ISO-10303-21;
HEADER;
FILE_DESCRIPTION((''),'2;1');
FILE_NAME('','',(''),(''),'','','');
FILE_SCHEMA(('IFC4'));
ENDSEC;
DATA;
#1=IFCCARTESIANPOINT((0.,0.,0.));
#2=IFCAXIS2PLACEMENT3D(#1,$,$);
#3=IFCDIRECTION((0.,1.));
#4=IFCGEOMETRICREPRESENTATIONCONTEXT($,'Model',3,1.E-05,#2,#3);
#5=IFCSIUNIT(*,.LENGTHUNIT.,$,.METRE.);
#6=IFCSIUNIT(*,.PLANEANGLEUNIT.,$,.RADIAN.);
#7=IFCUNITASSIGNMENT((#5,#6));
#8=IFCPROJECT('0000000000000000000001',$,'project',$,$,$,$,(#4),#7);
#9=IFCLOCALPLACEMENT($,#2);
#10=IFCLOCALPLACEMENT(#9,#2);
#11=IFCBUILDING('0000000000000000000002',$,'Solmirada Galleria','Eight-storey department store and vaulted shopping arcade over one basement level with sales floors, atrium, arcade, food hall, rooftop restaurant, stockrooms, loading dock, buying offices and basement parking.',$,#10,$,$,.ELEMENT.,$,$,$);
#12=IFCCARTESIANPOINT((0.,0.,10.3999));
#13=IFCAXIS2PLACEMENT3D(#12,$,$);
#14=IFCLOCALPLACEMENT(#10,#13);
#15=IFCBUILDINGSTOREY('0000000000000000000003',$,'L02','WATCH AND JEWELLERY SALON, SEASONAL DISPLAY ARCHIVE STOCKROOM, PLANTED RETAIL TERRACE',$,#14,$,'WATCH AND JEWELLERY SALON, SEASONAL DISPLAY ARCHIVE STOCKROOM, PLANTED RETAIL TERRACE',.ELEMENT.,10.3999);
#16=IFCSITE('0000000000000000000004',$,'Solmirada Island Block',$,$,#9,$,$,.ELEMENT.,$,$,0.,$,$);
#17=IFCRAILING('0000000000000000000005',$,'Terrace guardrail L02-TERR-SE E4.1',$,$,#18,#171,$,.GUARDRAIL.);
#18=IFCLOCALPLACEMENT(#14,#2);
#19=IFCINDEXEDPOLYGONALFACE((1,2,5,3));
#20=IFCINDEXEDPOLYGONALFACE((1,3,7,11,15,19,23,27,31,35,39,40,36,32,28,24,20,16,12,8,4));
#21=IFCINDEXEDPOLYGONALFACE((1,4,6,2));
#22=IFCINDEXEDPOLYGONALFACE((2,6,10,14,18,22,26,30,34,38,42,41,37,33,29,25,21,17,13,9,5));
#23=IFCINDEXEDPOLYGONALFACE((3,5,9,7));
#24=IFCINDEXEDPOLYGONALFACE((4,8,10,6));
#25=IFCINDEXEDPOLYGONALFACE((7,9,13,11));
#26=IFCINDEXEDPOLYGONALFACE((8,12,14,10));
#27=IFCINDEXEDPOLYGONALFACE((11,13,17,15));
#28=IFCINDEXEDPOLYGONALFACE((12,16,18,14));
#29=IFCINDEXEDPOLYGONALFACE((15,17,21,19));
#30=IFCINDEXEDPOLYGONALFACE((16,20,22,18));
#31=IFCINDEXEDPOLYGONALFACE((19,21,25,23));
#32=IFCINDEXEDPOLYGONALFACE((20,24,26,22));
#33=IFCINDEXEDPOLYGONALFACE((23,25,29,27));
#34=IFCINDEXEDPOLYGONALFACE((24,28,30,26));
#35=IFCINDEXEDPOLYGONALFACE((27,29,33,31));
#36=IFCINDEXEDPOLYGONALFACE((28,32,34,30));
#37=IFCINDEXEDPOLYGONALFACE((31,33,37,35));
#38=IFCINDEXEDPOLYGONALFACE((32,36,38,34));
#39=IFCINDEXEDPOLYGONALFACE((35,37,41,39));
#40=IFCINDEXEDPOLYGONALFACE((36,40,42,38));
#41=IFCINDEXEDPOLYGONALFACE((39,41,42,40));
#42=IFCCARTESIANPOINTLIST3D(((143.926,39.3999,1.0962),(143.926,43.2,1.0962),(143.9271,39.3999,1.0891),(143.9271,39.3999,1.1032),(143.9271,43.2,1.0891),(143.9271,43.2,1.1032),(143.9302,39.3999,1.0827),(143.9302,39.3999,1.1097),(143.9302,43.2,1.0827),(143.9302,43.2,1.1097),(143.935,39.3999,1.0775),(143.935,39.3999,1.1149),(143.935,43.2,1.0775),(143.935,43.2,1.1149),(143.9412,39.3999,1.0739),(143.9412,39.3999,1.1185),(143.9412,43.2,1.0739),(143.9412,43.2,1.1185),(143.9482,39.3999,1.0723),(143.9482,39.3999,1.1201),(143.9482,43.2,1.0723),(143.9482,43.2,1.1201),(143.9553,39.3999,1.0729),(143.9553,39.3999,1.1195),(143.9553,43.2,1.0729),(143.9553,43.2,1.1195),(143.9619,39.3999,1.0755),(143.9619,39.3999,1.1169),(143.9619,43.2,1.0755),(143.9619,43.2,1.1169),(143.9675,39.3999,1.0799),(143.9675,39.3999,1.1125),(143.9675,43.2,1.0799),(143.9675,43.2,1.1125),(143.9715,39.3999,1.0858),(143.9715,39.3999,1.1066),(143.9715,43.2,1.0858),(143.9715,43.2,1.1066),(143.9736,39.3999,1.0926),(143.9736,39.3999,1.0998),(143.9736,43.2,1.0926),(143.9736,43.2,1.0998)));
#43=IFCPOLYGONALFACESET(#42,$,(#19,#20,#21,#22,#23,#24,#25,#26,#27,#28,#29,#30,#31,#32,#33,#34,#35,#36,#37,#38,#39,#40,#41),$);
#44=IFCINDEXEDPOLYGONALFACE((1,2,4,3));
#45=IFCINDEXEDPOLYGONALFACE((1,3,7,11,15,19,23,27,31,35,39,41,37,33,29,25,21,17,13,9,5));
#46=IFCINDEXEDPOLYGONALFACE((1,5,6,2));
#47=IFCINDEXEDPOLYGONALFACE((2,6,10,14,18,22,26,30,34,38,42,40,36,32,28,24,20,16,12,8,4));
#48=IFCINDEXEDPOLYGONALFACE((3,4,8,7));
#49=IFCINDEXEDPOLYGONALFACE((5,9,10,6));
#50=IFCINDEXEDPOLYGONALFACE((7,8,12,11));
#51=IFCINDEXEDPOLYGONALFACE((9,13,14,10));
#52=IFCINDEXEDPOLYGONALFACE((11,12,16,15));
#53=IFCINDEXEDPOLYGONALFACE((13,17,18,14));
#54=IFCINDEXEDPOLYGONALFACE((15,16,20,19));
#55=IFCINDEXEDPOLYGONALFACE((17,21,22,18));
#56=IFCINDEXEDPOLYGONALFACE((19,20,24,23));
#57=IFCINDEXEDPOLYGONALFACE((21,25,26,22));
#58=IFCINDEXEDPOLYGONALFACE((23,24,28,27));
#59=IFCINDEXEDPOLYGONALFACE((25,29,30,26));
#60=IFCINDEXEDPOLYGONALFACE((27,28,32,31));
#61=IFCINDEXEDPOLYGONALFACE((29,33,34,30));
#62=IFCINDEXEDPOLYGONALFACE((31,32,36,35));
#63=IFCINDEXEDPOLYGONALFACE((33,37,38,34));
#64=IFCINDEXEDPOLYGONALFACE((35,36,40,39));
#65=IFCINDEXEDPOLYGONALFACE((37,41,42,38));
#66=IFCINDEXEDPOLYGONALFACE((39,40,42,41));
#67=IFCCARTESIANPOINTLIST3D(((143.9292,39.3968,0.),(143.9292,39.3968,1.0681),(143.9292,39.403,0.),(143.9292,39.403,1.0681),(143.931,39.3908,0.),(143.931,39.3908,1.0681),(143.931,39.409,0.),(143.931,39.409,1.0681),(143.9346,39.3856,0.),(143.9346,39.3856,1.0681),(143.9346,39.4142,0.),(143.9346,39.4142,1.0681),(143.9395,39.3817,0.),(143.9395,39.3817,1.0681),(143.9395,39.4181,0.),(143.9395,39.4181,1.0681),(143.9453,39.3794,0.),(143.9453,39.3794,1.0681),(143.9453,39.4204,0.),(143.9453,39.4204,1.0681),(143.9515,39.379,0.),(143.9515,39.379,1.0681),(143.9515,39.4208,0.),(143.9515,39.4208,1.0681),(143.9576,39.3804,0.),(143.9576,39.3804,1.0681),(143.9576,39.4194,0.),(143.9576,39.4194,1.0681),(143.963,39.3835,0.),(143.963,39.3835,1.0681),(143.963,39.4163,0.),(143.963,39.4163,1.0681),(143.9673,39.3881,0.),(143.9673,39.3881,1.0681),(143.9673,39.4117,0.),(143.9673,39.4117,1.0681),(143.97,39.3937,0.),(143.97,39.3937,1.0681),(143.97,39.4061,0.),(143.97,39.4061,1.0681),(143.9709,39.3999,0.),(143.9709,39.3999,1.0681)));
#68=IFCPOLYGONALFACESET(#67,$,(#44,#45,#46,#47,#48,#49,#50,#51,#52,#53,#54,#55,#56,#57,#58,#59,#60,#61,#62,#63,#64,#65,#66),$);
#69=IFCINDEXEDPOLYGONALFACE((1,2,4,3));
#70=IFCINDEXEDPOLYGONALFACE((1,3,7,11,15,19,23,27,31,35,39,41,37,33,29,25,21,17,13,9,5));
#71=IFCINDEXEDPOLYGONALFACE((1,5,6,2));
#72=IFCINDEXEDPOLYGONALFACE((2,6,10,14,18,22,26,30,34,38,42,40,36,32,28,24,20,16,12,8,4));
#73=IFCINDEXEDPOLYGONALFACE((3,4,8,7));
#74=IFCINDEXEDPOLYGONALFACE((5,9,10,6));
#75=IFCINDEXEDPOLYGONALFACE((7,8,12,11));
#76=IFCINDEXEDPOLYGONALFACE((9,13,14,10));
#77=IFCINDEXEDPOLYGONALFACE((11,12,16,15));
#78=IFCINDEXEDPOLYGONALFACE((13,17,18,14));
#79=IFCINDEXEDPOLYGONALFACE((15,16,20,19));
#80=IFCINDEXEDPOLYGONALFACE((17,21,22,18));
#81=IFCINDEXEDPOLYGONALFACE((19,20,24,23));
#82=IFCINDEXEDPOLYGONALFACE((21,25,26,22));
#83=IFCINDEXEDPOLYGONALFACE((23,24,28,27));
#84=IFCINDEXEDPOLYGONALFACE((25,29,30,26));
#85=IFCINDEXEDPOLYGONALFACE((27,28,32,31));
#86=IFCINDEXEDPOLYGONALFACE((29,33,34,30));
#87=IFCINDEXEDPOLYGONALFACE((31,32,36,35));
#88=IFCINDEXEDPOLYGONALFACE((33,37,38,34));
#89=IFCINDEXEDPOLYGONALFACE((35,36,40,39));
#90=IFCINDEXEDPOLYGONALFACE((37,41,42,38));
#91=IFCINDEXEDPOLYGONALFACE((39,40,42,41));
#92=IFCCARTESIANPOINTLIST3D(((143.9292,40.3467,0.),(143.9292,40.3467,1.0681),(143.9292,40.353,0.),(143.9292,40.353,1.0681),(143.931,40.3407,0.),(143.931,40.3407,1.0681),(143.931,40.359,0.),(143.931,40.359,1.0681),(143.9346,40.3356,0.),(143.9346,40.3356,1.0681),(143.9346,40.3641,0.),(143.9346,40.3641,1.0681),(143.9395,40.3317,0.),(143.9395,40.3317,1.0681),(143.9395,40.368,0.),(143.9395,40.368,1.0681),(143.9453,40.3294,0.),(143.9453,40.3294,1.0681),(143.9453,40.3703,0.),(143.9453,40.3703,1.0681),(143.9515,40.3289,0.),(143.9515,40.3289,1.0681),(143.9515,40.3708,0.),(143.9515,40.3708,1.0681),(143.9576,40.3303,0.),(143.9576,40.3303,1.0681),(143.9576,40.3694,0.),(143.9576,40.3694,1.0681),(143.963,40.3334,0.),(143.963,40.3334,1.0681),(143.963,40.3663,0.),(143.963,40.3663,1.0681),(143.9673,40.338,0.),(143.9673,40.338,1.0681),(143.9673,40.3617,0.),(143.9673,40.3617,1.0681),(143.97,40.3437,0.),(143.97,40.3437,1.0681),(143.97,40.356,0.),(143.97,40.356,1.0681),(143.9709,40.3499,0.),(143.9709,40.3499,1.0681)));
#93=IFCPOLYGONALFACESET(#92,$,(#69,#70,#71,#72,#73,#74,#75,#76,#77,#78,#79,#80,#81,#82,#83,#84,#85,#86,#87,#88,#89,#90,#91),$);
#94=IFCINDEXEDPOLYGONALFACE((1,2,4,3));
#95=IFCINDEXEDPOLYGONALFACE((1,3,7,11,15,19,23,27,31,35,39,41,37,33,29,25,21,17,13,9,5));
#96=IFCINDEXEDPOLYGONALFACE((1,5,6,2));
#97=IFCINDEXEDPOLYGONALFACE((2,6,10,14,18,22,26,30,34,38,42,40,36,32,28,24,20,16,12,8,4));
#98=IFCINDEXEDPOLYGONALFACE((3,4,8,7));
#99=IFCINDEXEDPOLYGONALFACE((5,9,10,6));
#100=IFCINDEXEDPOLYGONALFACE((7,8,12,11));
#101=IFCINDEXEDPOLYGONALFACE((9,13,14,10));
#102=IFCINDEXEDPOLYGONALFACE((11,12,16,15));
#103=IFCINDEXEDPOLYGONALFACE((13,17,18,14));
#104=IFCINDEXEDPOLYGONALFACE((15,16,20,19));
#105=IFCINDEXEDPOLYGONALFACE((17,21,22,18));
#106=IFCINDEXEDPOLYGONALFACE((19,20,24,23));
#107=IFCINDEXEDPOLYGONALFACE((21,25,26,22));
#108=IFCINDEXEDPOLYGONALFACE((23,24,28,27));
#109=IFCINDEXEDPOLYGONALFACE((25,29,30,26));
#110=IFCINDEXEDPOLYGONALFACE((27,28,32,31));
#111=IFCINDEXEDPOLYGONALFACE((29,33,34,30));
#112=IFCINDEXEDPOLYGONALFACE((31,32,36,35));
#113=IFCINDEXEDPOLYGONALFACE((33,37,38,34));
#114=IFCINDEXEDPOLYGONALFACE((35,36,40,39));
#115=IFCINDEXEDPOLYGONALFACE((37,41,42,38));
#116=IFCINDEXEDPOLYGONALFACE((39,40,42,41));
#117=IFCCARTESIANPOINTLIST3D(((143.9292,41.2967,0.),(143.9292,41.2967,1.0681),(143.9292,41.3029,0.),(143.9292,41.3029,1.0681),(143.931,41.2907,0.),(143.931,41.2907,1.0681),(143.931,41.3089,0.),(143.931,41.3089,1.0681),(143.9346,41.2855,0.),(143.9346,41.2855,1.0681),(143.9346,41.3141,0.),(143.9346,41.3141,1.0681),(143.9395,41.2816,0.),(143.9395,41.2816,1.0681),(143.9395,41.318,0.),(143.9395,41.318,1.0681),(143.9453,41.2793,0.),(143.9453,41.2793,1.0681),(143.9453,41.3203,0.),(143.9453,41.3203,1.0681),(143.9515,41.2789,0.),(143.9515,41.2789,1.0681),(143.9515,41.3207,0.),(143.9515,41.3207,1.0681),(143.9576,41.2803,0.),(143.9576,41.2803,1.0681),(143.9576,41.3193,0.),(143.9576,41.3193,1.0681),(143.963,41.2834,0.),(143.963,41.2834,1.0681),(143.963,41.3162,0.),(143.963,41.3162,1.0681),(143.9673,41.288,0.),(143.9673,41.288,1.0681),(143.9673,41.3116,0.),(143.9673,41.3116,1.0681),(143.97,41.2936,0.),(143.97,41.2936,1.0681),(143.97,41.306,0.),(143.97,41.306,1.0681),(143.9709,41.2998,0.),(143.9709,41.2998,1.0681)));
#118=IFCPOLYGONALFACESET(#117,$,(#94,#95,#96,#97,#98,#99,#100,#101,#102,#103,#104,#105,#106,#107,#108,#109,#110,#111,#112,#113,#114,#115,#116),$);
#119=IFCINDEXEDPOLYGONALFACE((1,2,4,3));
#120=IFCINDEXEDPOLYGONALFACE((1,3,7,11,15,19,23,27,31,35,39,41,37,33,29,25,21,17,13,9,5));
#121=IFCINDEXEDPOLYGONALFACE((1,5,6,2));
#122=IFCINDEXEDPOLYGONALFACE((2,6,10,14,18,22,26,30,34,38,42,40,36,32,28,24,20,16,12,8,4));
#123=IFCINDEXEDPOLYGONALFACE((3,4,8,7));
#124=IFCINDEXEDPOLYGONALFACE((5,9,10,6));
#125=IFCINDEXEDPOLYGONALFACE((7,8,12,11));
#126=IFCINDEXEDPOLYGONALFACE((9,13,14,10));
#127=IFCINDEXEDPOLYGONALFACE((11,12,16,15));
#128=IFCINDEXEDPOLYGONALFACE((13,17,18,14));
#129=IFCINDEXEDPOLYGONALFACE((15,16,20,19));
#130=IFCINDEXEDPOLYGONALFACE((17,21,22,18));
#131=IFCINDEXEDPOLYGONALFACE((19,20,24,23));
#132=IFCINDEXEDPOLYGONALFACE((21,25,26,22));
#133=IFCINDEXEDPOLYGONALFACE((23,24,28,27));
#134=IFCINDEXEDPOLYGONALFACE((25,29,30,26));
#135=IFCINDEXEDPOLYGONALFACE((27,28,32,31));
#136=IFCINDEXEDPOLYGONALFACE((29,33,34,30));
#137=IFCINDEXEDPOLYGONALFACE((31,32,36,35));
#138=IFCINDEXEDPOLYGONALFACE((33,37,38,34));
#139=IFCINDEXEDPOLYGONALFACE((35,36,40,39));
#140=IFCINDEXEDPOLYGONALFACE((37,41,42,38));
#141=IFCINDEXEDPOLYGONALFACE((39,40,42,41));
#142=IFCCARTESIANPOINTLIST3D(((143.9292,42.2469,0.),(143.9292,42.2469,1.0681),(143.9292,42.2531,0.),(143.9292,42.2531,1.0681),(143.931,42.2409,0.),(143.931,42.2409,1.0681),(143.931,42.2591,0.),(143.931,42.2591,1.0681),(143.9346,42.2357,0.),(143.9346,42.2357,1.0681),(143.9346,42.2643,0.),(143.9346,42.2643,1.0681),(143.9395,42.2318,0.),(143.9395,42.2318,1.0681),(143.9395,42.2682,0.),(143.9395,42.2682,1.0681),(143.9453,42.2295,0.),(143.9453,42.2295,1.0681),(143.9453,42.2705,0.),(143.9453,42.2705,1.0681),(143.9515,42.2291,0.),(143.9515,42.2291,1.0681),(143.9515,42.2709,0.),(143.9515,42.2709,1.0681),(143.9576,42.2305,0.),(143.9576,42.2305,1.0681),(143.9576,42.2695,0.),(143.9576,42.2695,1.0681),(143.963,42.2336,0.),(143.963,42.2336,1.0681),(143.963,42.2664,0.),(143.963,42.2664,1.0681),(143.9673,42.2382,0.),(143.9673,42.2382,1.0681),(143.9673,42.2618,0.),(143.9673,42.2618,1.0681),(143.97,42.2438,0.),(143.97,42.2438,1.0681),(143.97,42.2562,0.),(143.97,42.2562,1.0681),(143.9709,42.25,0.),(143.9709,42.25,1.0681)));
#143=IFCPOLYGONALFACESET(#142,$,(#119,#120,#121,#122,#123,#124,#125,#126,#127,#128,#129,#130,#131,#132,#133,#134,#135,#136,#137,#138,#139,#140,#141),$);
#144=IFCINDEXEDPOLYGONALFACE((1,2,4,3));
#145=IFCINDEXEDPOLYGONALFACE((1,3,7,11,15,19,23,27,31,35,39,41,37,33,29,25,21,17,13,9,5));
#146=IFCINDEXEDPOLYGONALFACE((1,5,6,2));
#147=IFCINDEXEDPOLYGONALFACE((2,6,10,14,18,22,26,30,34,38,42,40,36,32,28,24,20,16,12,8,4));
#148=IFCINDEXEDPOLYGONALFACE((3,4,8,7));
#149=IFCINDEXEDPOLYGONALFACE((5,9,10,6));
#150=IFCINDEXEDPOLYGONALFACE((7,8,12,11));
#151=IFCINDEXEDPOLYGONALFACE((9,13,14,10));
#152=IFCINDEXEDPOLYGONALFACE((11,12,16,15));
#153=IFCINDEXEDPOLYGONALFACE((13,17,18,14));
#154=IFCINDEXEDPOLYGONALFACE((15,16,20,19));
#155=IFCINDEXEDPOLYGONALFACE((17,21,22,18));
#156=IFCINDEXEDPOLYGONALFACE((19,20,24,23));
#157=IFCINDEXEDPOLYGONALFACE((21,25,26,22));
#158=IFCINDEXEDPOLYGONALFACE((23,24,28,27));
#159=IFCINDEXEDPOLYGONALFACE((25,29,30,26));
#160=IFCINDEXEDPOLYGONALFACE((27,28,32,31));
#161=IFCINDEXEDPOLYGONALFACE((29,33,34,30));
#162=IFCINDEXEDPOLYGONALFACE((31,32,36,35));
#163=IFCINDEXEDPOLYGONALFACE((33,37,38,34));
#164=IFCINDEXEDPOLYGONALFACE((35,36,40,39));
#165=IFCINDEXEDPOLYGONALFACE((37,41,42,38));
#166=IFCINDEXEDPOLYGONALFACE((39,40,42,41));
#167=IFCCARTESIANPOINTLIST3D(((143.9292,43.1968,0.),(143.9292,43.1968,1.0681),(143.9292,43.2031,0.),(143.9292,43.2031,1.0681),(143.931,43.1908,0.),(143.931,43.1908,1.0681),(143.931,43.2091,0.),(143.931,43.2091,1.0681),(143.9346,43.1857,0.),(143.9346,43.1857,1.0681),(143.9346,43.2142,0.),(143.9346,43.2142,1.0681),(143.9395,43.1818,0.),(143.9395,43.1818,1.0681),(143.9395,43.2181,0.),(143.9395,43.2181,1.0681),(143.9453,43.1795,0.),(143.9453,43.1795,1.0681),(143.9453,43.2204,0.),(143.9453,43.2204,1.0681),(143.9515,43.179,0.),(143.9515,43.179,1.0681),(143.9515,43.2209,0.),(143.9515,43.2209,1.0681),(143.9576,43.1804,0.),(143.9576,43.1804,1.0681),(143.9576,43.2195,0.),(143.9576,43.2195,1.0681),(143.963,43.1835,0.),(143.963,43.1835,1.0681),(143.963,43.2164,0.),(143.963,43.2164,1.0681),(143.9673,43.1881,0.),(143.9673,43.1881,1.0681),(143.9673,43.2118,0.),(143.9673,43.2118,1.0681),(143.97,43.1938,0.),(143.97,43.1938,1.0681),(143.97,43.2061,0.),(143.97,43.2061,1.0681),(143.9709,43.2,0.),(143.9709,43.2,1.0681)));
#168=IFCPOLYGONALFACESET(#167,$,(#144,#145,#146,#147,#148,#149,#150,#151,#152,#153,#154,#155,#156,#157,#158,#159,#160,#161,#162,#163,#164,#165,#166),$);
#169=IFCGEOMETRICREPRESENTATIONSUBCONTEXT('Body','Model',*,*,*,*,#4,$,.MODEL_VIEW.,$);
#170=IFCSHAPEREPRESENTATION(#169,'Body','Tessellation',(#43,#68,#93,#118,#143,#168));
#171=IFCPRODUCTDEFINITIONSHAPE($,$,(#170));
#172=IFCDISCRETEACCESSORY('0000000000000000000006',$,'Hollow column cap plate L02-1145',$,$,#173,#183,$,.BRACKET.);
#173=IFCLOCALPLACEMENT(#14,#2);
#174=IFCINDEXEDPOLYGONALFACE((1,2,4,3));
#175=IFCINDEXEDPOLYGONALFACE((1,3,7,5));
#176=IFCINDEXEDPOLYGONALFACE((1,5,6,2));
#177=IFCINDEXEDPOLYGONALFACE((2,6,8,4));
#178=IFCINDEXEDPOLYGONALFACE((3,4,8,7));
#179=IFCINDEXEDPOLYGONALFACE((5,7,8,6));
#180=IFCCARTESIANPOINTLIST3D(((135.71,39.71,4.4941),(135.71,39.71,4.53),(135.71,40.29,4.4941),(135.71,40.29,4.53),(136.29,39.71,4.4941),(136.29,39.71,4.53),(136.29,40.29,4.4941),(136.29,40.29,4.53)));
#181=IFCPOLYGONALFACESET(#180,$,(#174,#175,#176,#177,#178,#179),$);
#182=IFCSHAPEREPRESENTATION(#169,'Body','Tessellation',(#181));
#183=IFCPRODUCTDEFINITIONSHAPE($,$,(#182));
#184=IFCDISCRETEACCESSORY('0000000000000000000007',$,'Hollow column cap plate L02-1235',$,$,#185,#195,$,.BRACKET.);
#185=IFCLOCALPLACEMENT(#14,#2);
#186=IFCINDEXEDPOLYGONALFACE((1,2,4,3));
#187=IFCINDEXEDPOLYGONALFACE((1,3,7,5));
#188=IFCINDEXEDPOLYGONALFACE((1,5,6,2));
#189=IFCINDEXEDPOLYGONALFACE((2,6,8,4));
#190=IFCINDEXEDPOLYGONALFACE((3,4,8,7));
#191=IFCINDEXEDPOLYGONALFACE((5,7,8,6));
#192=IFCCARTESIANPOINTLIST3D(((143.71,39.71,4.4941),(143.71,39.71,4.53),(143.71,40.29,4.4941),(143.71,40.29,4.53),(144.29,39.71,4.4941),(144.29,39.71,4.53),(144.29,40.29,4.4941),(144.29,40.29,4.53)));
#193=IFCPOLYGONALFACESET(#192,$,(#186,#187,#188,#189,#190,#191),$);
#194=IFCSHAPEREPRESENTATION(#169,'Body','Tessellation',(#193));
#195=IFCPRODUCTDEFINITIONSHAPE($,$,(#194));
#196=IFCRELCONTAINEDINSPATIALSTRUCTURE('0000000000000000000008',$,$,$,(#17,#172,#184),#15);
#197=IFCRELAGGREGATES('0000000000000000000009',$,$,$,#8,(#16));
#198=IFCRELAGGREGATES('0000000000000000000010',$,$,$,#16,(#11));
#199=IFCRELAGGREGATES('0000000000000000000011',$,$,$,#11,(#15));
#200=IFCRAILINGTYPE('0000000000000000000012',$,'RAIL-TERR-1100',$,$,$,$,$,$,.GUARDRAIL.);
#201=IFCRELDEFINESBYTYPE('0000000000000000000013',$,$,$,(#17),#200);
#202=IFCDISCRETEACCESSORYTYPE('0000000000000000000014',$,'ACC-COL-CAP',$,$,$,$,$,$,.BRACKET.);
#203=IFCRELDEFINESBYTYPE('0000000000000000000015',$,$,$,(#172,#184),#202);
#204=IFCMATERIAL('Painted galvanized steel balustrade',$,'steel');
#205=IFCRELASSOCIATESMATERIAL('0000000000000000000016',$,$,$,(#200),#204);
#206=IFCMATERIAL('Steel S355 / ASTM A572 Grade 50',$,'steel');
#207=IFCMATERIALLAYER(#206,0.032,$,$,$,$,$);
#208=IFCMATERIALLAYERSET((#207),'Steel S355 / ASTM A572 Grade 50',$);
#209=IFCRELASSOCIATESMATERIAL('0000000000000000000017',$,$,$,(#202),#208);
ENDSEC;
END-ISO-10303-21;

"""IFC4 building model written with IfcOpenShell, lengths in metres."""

from ifc_helpers import new_model, si_unit, direction, frame, origin, origin_2d, place, context, subcontext, project, spatial, rectangle, circle, extrude, material, layer, layer_set, type_object, element, save


model = new_model("IFC4")

# Units and contexts
model_context = context("Model", 3, precision=1e-05, world=origin(), true_north=direction((0.0, 1.0)))
body_context = subcontext(model_context, "Body", "Model", "MODEL_VIEW")
ifc_project = project(units=[si_unit("LENGTHUNIT", "METRE"), si_unit("PLANEANGLEUNIT", "RADIAN")], contexts=[model_context])

# Site, building, storey
site_placement = place(None, origin())
site = spatial("IfcSite", under=ifc_project, at=site_placement, Name="Solmirada Island Block", CompositionType="ELEMENT", RefElevation=0.0)
building_placement = place(site_placement, origin())
building = spatial("IfcBuilding", under=site, at=building_placement, Name="Solmirada Galleria", Description="Eight-storey department store and vaulted shopping arcade over one basement level with sales floors, atrium, arcade, food hall, rooftop restaurant, stockrooms, loading dock, buying offices and basement parking.", CompositionType="ELEMENT")
storey_placement = place(building_placement, frame((0.0, 0.0, 10.3999)))
storey = spatial("IfcBuildingStorey", under=building, at=storey_placement, Name="L02", Description="WATCH AND JEWELLERY SALON, SEASONAL DISPLAY ARCHIVE STOCKROOM, PLANTED RETAIL TERRACE", LongName="WATCH AND JEWELLERY SALON, SEASONAL DISPLAY ARCHIVE STOCKROOM, PLANTED RETAIL TERRACE", CompositionType="ELEMENT", Elevation=10.3999)

# Railing
ifc_material_1 = material(Name="Painted galvanized steel balustrade", Category="steel")
railing_type = type_object("IfcRailingType", Name="RAIL-TERR-1100", PredefinedType="GUARDRAIL", material=ifc_material_1)
railing_1_placement = place(storey_placement, frame((143.95, 39.3999, 0.0)))
element("IfcRailing", 1, at=railing_1_placement, inside=storey, type_object=railing_type, Name="Terrace guardrail L02-TERR-SE E4.1", PredefinedType="GUARDRAIL", context=body_context, shape_type="SweptSolid", body=[
    extrude(circle(Radius=0.0239, at=origin_2d()), frame((0.0, 0.0, 1.0962), z_axis=(0.0, 1.0, 0.0), x_axis=(-1.0, 0.0, 0.0)), (0.0, 0.0, 1.0), 3.8),
    extrude(circle(Radius=0.021, at=origin_2d()), origin(), (0.0, 0.0, 1.0), 1.0681),
    extrude(circle(Radius=0.021, at=origin_2d()), frame((0.0, 0.95, 0.0)), (0.0, 0.0, 1.0), 1.0681),
    extrude(circle(Radius=0.021, at=origin_2d()), frame((0.0, 1.8999, 0.0)), (0.0, 0.0, 1.0), 1.0681),
    extrude(circle(Radius=0.021, at=origin_2d()), frame((0.0, 2.8501, 0.0)), (0.0, 0.0, 1.0), 1.0681),
    extrude(circle(Radius=0.021, at=origin_2d()), frame((0.0, 3.8, 0.0)), (0.0, 0.0, 1.0), 1.0681),
])

# Discrete accessories
ifc_material_2 = material(Name="Steel S355 / ASTM A572 Grade 50", Category="steel")
ifc_layer_1 = layer(ifc_material_2, 0.032)
ifc_layer_set_1 = layer_set([ifc_layer_1], Name="Steel S355 / ASTM A572 Grade 50")
discrete_accessory_type = type_object("IfcDiscreteAccessoryType", Name="ACC-COL-CAP", PredefinedType="BRACKET", material=ifc_layer_set_1)
for number, where, z_axis, x_axis, name in (
    (2, (136.0, 40.0, 4.4941), (0.0, 0.0, 1.0), (1.0, 0.0, 0.0), "Hollow column cap plate L02-1145"),
    (3, (144.0, 40.0, 4.4941), (0.0, 0.0, 1.0), (1.0, 0.0, 0.0), "Hollow column cap plate L02-1235"),
):
    element("IfcDiscreteAccessory", number, at=place(storey_placement, frame(where, z_axis=z_axis, x_axis=x_axis)), inside=storey, type_object=discrete_accessory_type, Name=name, PredefinedType="BRACKET", context=body_context, shape_type="SweptSolid", body=[
        extrude(rectangle(XDim=0.5801, YDim=0.5801, at=origin_2d()), origin(), (0.0, 0.0, 1.0), 0.0359),
    ])

save(model, "model.ifc")
